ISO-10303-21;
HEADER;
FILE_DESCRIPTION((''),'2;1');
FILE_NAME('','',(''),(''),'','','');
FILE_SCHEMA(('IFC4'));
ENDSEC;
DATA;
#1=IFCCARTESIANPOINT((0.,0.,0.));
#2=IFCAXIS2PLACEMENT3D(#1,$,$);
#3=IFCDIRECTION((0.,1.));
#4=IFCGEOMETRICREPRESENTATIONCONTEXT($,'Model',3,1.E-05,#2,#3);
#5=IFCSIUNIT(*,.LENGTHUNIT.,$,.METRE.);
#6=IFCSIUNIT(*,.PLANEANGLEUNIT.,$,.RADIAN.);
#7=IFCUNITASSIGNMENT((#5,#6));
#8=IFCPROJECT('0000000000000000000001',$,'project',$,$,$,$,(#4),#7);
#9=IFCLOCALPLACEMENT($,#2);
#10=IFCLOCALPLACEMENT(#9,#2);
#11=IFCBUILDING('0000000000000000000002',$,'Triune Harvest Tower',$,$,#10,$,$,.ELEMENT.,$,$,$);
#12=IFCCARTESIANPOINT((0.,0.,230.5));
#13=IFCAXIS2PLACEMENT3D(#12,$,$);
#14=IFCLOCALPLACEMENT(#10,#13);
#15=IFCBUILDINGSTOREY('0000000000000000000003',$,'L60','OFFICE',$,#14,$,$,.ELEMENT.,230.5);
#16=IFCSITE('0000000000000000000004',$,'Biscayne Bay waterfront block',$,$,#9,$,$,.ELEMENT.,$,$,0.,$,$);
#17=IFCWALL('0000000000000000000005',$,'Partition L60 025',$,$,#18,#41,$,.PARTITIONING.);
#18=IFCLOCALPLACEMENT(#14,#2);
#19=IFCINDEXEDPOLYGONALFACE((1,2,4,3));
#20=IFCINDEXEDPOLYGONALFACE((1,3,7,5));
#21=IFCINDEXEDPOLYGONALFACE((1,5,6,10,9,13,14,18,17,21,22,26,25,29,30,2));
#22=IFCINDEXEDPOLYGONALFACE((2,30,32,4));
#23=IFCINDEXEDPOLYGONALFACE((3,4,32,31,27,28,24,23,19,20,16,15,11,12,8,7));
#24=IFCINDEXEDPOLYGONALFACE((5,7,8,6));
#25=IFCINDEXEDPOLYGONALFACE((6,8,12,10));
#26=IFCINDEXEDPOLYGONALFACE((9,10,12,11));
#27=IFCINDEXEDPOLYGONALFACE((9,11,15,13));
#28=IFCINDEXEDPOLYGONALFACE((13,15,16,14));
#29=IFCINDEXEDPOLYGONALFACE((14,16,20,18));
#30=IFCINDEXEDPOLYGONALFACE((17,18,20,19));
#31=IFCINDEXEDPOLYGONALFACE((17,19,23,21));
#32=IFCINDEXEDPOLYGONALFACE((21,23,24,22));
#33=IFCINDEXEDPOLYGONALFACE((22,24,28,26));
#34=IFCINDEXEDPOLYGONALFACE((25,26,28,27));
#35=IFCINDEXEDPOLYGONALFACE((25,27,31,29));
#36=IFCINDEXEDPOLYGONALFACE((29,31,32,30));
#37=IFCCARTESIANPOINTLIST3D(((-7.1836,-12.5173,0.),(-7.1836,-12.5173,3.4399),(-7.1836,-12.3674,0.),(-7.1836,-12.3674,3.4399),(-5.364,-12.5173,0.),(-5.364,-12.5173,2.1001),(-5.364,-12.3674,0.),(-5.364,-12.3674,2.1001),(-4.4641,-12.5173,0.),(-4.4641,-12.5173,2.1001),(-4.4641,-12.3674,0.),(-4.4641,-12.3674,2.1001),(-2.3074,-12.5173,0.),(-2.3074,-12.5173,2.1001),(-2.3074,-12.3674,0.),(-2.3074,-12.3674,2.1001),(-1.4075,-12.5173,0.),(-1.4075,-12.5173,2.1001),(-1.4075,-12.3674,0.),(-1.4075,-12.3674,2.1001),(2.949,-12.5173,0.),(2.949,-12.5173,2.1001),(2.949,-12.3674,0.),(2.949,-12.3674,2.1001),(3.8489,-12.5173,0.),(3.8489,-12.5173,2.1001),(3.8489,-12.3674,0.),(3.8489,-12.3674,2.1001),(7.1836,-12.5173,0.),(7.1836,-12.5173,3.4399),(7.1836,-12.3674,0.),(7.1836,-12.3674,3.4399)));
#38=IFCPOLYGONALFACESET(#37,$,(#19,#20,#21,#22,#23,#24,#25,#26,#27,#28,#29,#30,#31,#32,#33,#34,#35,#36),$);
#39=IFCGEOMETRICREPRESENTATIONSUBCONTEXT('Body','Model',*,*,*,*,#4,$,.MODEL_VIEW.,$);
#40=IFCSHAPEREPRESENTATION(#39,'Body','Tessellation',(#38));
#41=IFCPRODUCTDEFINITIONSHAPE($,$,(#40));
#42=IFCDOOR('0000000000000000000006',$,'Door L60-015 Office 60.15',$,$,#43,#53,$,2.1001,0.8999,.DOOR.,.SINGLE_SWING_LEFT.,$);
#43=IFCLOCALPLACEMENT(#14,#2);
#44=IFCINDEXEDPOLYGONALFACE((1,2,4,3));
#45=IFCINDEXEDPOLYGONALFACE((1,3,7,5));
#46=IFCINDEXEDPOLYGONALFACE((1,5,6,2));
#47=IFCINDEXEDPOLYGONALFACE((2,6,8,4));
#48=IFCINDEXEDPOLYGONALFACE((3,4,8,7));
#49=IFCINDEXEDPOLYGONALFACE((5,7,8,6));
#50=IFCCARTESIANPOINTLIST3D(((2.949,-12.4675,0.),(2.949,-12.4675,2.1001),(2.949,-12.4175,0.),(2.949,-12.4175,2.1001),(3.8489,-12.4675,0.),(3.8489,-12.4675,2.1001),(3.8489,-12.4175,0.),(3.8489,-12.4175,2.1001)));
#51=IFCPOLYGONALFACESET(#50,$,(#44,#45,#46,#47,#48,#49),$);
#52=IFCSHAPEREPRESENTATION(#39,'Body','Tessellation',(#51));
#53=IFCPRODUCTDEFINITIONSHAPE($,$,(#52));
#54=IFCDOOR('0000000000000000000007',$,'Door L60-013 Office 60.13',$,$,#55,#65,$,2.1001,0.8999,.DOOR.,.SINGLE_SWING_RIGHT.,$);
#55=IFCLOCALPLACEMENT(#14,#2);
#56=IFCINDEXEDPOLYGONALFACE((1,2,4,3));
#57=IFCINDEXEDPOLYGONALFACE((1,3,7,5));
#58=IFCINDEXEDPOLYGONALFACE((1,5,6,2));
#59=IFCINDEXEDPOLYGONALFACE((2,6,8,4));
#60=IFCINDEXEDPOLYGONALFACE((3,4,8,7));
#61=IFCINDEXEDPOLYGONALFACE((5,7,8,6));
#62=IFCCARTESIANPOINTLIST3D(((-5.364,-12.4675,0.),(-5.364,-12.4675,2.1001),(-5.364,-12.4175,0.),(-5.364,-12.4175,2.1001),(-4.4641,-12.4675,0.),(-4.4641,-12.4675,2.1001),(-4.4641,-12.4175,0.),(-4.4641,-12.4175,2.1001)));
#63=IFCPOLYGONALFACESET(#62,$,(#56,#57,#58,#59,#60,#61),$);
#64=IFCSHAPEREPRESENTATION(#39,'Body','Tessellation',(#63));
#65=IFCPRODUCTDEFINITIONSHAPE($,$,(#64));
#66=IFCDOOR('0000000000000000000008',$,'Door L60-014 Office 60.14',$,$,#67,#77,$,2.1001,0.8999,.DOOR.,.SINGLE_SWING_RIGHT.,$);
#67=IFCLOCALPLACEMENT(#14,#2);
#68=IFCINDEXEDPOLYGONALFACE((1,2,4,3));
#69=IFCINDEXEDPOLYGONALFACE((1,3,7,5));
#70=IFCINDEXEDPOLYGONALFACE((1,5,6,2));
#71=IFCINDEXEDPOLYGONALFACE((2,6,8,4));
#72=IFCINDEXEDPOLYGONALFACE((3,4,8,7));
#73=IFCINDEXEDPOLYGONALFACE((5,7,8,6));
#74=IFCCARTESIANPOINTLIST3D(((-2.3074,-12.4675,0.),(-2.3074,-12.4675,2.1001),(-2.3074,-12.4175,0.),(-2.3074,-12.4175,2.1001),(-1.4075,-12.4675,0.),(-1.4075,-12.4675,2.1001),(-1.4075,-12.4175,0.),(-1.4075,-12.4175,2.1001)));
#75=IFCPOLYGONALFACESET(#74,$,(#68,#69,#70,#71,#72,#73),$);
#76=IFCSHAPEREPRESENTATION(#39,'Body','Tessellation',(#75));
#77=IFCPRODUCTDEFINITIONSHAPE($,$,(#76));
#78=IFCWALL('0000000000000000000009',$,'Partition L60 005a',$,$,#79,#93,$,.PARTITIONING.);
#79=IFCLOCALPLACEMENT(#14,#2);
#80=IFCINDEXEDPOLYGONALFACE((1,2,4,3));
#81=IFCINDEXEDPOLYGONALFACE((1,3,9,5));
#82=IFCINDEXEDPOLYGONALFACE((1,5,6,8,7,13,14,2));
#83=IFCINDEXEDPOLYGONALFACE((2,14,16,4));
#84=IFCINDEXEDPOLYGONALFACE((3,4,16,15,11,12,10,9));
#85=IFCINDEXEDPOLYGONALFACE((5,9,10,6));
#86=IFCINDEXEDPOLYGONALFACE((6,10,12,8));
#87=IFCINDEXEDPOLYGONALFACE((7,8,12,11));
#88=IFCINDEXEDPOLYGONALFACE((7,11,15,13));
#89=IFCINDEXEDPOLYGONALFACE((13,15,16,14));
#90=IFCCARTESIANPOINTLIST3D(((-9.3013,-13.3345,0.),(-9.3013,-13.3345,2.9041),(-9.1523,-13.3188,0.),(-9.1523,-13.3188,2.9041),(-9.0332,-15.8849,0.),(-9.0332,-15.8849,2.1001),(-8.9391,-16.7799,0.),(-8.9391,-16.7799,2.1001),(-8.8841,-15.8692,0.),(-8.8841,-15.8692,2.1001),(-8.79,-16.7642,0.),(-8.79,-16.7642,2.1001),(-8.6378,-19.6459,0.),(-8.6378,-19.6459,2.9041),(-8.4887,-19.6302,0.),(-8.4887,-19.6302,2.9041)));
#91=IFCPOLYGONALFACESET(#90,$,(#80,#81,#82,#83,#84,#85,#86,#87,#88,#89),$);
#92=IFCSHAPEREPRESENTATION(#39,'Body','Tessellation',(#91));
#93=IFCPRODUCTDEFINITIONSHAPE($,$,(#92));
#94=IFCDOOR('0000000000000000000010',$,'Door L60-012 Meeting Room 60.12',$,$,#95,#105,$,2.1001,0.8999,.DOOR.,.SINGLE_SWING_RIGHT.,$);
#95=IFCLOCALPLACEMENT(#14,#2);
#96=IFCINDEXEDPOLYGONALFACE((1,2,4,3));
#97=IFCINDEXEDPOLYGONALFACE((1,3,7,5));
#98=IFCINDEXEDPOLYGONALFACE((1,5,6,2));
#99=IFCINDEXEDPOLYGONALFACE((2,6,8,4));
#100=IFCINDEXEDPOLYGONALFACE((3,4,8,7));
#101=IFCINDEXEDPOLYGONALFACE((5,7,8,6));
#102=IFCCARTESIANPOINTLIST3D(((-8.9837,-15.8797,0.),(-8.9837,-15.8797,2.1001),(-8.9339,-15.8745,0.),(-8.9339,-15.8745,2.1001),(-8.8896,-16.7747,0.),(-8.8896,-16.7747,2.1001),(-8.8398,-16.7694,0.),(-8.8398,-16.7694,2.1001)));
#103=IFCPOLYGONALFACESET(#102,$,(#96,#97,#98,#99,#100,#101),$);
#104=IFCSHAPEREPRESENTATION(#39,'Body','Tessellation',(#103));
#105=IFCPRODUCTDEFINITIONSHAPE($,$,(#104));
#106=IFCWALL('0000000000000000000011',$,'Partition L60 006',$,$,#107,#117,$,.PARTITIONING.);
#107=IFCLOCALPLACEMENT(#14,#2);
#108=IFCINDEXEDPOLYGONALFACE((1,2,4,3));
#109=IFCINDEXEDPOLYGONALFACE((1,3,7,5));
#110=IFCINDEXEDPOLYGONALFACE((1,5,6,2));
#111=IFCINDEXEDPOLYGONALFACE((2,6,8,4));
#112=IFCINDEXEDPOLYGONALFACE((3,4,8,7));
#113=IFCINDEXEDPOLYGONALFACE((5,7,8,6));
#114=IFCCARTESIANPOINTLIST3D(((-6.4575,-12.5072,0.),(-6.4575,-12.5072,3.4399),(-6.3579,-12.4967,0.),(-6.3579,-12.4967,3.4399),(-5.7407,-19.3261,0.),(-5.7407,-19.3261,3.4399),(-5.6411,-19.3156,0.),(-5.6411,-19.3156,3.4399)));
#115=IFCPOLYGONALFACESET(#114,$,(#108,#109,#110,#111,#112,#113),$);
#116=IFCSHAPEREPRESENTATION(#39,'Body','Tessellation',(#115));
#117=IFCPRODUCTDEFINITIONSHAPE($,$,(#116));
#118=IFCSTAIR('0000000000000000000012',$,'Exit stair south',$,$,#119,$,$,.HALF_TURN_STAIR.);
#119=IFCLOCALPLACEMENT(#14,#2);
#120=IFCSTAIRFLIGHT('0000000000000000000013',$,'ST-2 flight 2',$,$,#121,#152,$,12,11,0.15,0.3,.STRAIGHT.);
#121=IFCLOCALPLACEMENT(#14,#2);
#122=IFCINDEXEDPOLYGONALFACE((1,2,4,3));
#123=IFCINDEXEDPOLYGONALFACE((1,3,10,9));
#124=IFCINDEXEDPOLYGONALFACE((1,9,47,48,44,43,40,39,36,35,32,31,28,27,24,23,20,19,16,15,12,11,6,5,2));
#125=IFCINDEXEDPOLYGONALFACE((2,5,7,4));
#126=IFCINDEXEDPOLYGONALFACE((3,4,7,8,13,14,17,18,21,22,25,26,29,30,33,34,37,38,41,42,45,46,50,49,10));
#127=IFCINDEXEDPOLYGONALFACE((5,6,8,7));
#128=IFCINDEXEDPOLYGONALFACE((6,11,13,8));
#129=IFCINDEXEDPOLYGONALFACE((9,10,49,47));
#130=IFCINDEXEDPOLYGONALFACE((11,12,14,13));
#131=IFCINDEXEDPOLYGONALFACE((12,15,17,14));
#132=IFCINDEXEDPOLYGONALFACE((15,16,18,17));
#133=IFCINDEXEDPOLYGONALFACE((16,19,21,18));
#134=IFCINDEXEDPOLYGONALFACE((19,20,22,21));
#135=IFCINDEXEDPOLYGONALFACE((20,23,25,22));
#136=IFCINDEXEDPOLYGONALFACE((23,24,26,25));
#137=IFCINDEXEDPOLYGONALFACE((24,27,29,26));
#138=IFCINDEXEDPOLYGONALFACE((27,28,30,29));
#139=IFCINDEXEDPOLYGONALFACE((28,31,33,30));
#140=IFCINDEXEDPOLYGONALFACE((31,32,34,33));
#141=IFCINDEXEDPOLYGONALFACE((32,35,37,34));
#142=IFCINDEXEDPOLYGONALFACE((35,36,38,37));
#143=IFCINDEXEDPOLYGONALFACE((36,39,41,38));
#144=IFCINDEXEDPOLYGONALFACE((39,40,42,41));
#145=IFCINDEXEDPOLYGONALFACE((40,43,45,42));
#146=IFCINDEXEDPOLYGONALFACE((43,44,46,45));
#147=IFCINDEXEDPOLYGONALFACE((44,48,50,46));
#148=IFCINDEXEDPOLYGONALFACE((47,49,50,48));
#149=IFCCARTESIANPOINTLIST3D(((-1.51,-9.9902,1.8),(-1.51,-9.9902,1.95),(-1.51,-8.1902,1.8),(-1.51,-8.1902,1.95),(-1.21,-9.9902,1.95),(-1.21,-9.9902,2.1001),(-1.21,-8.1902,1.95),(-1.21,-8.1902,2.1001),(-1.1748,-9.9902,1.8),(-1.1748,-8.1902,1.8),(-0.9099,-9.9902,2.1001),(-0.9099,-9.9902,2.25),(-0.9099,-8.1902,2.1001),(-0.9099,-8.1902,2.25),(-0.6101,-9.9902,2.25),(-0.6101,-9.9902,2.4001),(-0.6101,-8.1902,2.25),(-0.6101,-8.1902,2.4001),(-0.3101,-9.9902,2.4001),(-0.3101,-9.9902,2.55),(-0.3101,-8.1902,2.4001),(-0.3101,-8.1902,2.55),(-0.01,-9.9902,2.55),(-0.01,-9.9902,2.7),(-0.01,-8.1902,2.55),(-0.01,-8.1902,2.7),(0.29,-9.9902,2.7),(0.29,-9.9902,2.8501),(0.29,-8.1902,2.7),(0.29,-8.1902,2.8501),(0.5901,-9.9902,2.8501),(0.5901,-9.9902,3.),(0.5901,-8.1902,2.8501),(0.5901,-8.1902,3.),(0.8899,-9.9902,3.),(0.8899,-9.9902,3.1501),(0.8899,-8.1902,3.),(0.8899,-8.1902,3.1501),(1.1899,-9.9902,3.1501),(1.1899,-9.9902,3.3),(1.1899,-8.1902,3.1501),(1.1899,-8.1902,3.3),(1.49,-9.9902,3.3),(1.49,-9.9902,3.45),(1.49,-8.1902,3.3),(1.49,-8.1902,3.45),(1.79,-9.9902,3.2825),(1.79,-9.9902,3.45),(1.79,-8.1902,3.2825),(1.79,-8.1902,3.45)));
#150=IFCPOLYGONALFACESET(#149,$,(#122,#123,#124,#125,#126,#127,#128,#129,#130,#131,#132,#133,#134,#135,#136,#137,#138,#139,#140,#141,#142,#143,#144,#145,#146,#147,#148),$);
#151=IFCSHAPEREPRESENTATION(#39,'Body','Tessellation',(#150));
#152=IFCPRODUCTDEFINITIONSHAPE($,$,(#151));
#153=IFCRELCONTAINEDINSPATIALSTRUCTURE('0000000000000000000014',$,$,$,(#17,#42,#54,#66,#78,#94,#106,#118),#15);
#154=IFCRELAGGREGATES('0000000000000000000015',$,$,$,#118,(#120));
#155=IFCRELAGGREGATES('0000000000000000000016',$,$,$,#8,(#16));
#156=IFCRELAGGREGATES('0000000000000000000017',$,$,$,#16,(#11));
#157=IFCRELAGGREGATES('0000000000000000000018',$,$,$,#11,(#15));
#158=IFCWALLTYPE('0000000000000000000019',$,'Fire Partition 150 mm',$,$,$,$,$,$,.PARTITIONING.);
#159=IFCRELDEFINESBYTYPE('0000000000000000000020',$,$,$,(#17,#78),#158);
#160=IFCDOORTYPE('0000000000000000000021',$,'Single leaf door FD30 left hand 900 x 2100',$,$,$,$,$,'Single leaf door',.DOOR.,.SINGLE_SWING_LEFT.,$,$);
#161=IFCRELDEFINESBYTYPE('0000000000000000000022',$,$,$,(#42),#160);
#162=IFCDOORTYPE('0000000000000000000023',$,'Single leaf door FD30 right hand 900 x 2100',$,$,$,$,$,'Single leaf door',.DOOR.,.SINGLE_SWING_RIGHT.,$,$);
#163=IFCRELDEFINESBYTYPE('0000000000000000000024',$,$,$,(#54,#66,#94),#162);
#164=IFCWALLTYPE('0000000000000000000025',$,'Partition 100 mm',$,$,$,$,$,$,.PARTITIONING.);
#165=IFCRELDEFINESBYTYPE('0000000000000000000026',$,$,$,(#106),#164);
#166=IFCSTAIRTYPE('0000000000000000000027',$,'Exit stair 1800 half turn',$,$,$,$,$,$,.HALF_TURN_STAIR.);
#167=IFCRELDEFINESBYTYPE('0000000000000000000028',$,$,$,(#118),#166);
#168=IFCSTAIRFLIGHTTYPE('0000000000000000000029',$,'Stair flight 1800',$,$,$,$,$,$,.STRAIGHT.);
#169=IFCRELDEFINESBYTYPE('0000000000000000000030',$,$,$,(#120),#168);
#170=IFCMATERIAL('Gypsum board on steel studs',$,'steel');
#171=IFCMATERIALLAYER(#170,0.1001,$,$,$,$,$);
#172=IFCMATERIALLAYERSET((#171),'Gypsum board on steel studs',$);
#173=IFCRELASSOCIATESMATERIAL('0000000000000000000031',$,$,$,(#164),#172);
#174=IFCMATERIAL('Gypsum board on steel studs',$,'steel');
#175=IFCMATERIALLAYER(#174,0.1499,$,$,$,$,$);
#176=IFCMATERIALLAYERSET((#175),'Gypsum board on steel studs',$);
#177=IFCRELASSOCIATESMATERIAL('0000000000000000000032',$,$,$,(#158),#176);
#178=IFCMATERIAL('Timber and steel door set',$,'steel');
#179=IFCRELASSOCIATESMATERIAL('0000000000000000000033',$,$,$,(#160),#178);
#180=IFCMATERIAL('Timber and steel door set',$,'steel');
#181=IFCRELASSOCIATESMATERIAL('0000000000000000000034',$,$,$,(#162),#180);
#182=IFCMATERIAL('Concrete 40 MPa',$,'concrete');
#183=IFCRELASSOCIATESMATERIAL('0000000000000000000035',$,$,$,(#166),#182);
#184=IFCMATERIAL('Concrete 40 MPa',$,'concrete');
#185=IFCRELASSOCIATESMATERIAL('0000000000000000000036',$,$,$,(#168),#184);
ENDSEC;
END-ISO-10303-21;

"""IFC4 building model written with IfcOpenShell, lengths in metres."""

from ifc_helpers import new_model, si_unit, direction, frame, frame_2d, origin, place, context, subcontext, project, spatial, polyline, rectangle, outline, extrude, source, transform, mapped, material, layer, layer_set, type_object, element, fill, aggregate, save


model = new_model("IFC4")

# Units and contexts
model_context = context("Model", 3, precision=1e-05, world=origin(), true_north=direction((0.0, 1.0)))
body_context = subcontext(model_context, "Body", "Model", "MODEL_VIEW")
ifc_project = project(units=[si_unit("LENGTHUNIT", "METRE"), si_unit("PLANEANGLEUNIT", "RADIAN")], contexts=[model_context])

# Site, building, storey
site_placement = place(None, origin())
site = spatial("IfcSite", under=ifc_project, at=site_placement, Name="Biscayne Bay waterfront block", CompositionType="ELEMENT", RefElevation=0.0)
building_placement = place(site_placement, origin())
building = spatial("IfcBuilding", under=site, at=building_placement, Name="Triune Harvest Tower", CompositionType="ELEMENT")
storey_placement = place(building_placement, frame((0.0, 0.0, 230.5)))
storey = spatial("IfcBuildingStorey", under=building, at=storey_placement, Name="L60", Description="OFFICE", CompositionType="ELEMENT", Elevation=230.5)

# Shared definitions
ifc_material_1 = material(Name="Gypsum board on steel studs", Category="steel")
ifc_layer_1 = layer(ifc_material_1, 0.1001)
ifc_layer_set_1 = layer_set([ifc_layer_1], Name="Gypsum board on steel studs")
wall_type_1 = type_object("IfcWallType", Name="Partition 100 mm", PredefinedType="PARTITIONING", material=ifc_layer_set_1)

# Wall, openings, doors
ifc_material_2 = material(Name="Gypsum board on steel studs", Category="steel")
ifc_layer_2 = layer(ifc_material_2, 0.1499)
ifc_layer_set_2 = layer_set([ifc_layer_2], Name="Gypsum board on steel studs")
wall_type_2 = type_object("IfcWallType", Name="Fire Partition 150 mm", PredefinedType="PARTITIONING", material=ifc_layer_set_2)
shared_shape_1 = source(origin(), body_context, "Body", "SweptSolid", [
    extrude(rectangle(XDim=14.3672, YDim=0.1499, at=frame_2d((7.1836, 0.0))), origin(), (0.0, 0.0, 1.0), 3.4399),
])
wall_1_placement = place(storey_placement, frame((-7.1836, -12.4424, 0.0), z_axis=(0.0, 0.0, 1.0), x_axis=(1.0, 0.0, 0.0)))
wall_1 = element("IfcWall", 1, at=wall_1_placement, inside=storey, type_object=wall_type_2, Name="Partition L60 025", PredefinedType="PARTITIONING", context=body_context, shape_type="MappedRepresentation", body=[
    mapped(shared_shape_1, transform((0.0, 0.0, 0.0), scale=1.0)),
])
opening_1_placement = place(wall_1_placement, frame((1.8196, 0.0, 0.0)))
opening_1 = element("IfcOpeningElement", 2, at=opening_1_placement, cuts=wall_1, PredefinedType="OPENING", context=body_context, shape_type="SweptSolid", body=[
    extrude(rectangle(XDim=0.8999, YDim=2.1001, at=frame_2d((0.45, 1.05))), frame((0.0, 0.085, 0.0), z_axis=(0.0, -1.0, 0.0), x_axis=(1.0, 0.0, 0.0)), (0.0, 0.0, 1.0), 0.1699),
])
opening_2_placement = place(wall_1_placement, frame((4.8762, 0.0, 0.0)))
opening_2 = element("IfcOpeningElement", 3, at=opening_2_placement, cuts=wall_1, PredefinedType="OPENING", context=body_context, shape_type="SweptSolid", body=[
    extrude(rectangle(XDim=0.8999, YDim=2.1001, at=frame_2d((0.45, 1.05))), frame((0.0, 0.085, 0.0), z_axis=(0.0, -1.0, 0.0), x_axis=(1.0, 0.0, 0.0)), (0.0, 0.0, 1.0), 0.1699),
])
opening_3_placement = place(wall_1_placement, frame((10.1326, 0.0, 0.0)))
opening_3 = element("IfcOpeningElement", 4, at=opening_3_placement, cuts=wall_1, PredefinedType="OPENING", context=body_context, shape_type="SweptSolid", body=[
    extrude(rectangle(XDim=0.8999, YDim=2.1001, at=frame_2d((0.45, 1.05))), frame((0.0, 0.085, 0.0), z_axis=(0.0, -1.0, 0.0), x_axis=(1.0, 0.0, 0.0)), (0.0, 0.0, 1.0), 0.1699),
])
ifc_material_3 = material(Name="Timber and steel door set", Category="steel")
door_type_1 = type_object("IfcDoorType", Name="Single leaf door FD30 left hand 900 x 2100", ElementType="Single leaf door", OperationType="SINGLE_SWING_LEFT", PredefinedType="DOOR", material=ifc_material_3)
door_1_placement = place(opening_3_placement, origin())
door_1 = element("IfcDoor", 5, at=door_1_placement, inside=storey, type_object=door_type_1, Name="Door L60-015 Office 60.15", OperationType="SINGLE_SWING_LEFT", OverallHeight=2.1001, OverallWidth=0.8999, PredefinedType="DOOR", context=body_context, shape_type="SweptSolid", body=[
    extrude(rectangle(XDim=0.8999, YDim=2.1001, at=frame_2d((0.45, 1.05))), frame((0.0, 0.0249, 0.0), z_axis=(0.0, -1.0, 0.0), x_axis=(1.0, 0.0, 0.0)), (0.0, 0.0, 1.0), 0.05),
])
fill(opening_3, door_1)
ifc_material_4 = material(Name="Timber and steel door set", Category="steel")
door_type_2 = type_object("IfcDoorType", Name="Single leaf door FD30 right hand 900 x 2100", ElementType="Single leaf door", OperationType="SINGLE_SWING_RIGHT", PredefinedType="DOOR", material=ifc_material_4)
door_2_placement = place(opening_1_placement, origin())
door_2 = element("IfcDoor", 6, at=door_2_placement, inside=storey, type_object=door_type_2, Name="Door L60-013 Office 60.13", OperationType="SINGLE_SWING_RIGHT", OverallHeight=2.1001, OverallWidth=0.8999, PredefinedType="DOOR", context=body_context, shape_type="SweptSolid", body=[
    extrude(rectangle(XDim=0.8999, YDim=2.1001, at=frame_2d((0.45, 1.05))), frame((0.0, 0.0249, 0.0), z_axis=(0.0, -1.0, 0.0), x_axis=(1.0, 0.0, 0.0)), (0.0, 0.0, 1.0), 0.05),
])
fill(opening_1, door_2)
door_3_placement = place(opening_2_placement, origin())
door_3 = element("IfcDoor", 7, at=door_3_placement, inside=storey, type_object=door_type_2, Name="Door L60-014 Office 60.14", OperationType="SINGLE_SWING_RIGHT", OverallHeight=2.1001, OverallWidth=0.8999, PredefinedType="DOOR", context=body_context, shape_type="SweptSolid", body=[
    extrude(rectangle(XDim=0.8999, YDim=2.1001, at=frame_2d((0.45, 1.05))), frame((0.0, 0.0249, 0.0), z_axis=(0.0, -1.0, 0.0), x_axis=(1.0, 0.0, 0.0)), (0.0, 0.0, 1.0), 0.05),
])
fill(opening_2, door_3)

# Wall, opening, door
shared_shape_2 = source(origin(), body_context, "Body", "SweptSolid", [
    extrude(rectangle(XDim=6.3462, YDim=0.1499, at=frame_2d((3.1731, 0.0))), origin(), (0.0, 0.0, 1.0), 2.9041),
])
wall_2_placement = place(storey_placement, frame((-9.2268, -13.3267, 0.0), z_axis=(0.0, 0.0, 1.0), x_axis=(0.104561, -0.994519, 0.0)))
wall_2 = element("IfcWall", 8, at=wall_2_placement, inside=storey, type_object=wall_type_2, Name="Partition L60 005a", PredefinedType="PARTITIONING", context=body_context, shape_type="MappedRepresentation", body=[
    mapped(shared_shape_2, transform((0.0, 0.0, 0.0), scale=1.0)),
])
opening_4_placement = place(wall_2_placement, frame((2.5645, 0.0, 0.0)))
opening_4 = element("IfcOpeningElement", 9, at=opening_4_placement, cuts=wall_2, PredefinedType="OPENING", context=body_context, shape_type="SweptSolid", body=[
    extrude(rectangle(XDim=0.8999, YDim=2.1001, at=frame_2d((0.45, 1.05))), frame((0.0, 0.085, 0.0), z_axis=(0.0, -1.0, 0.0), x_axis=(1.0, 0.0, 0.0)), (0.0, 0.0, 1.0), 0.1699),
])
door_4_placement = place(opening_4_placement, origin())
door_4 = element("IfcDoor", 10, at=door_4_placement, inside=storey, type_object=door_type_2, Name="Door L60-012 Meeting Room 60.12", OperationType="SINGLE_SWING_RIGHT", OverallHeight=2.1001, OverallWidth=0.8999, PredefinedType="DOOR", context=body_context, shape_type="SweptSolid", body=[
    extrude(rectangle(XDim=0.8999, YDim=2.1001, at=frame_2d((0.45, 1.05))), frame((0.0, 0.0249, 0.0), z_axis=(0.0, -1.0, 0.0), x_axis=(1.0, 0.0, 0.0)), (0.0, 0.0, 1.0), 0.05),
])
fill(opening_4, door_4)

# Wall
shared_shape_3 = source(origin(), body_context, "Body", "SweptSolid", [
    extrude(rectangle(XDim=6.8564, YDim=0.1001, at=frame_2d((3.4282, 0.0))), origin(), (0.0, 0.0, 1.0), 3.4399),
])
wall_3_placement = place(storey_placement, frame((-6.4077, -12.502, 0.0), z_axis=(0.0, 0.0, 1.0), x_axis=(0.104544, -0.99452, 0.0)))
element("IfcWall", 11, at=wall_3_placement, inside=storey, type_object=wall_type_1, Name="Partition L60 006", PredefinedType="PARTITIONING", context=body_context, shape_type="MappedRepresentation", body=[
    mapped(shared_shape_3, transform((0.0, 0.0, 0.0), scale=1.0)),
])

# Stair, stair flight
ifc_material_5 = material(Name="Concrete 40 MPa", Category="concrete")
stair_type = type_object("IfcStairType", Name="Exit stair 1800 half turn", PredefinedType="HALF_TURN_STAIR", material=ifc_material_5)
stair_placement = place(storey_placement, origin())
stair = element("IfcStair", 12, at=stair_placement, inside=storey, type_object=stair_type, Name="Exit stair south", PredefinedType="HALF_TURN_STAIR")
ifc_material_6 = material(Name="Concrete 40 MPa", Category="concrete")
stair_flight_type = type_object("IfcStairFlightType", Name="Stair flight 1800", PredefinedType="STRAIGHT", material=ifc_material_6)
shared_shape_4 = source(origin(), body_context, "Body", "SweptSolid", [
    extrude(outline(polyline([(0.0, 0.0), (0.0, 0.1499), (0.3, 0.1499), (0.3, 0.3), (0.6001, 0.3), (0.6001, 0.45), (0.8999, 0.45), (0.8999, 0.6001), (1.2, 0.6001), (1.2, 0.75), (1.5, 0.75), (1.5, 0.8999), (1.8, 0.8999), (1.8, 1.05), (2.1001, 1.05), (2.1001, 1.2), (2.3999, 1.2), (2.3999, 1.3501), (2.7, 1.3501), (2.7, 1.5), (3.0, 1.5), (3.0, 1.6499), (3.3, 1.6499), (3.3, 1.8), (3.3, 1.4824), (0.3352, 0.0), (0.0, 0.0)])), frame((0.0, 0.8999, 0.0), z_axis=(0.0, -1.0, 0.0), x_axis=(1.0, 0.0, 0.0)), (0.0, 0.0, 1.0), 1.8),
])
stair_flight_placement = place(storey_placement, frame((-1.51, -9.0901, 1.8), z_axis=(0.0, 0.0, 1.0), x_axis=(1.0, 0.0, 0.0)))
stair_flight = element("IfcStairFlight", 13, at=stair_flight_placement, type_object=stair_flight_type, Name="ST-2 flight 2", NumberOfRisers=12, NumberOfTreads=11, PredefinedType="STRAIGHT", RiserHeight=0.15, TreadLength=0.3, context=body_context, shape_type="MappedRepresentation", body=[
    mapped(shared_shape_4, transform((0.0, 0.0, 0.0), scale=1.0)),
])
aggregate(stair, [stair_flight])

save(model, "model.ifc")
